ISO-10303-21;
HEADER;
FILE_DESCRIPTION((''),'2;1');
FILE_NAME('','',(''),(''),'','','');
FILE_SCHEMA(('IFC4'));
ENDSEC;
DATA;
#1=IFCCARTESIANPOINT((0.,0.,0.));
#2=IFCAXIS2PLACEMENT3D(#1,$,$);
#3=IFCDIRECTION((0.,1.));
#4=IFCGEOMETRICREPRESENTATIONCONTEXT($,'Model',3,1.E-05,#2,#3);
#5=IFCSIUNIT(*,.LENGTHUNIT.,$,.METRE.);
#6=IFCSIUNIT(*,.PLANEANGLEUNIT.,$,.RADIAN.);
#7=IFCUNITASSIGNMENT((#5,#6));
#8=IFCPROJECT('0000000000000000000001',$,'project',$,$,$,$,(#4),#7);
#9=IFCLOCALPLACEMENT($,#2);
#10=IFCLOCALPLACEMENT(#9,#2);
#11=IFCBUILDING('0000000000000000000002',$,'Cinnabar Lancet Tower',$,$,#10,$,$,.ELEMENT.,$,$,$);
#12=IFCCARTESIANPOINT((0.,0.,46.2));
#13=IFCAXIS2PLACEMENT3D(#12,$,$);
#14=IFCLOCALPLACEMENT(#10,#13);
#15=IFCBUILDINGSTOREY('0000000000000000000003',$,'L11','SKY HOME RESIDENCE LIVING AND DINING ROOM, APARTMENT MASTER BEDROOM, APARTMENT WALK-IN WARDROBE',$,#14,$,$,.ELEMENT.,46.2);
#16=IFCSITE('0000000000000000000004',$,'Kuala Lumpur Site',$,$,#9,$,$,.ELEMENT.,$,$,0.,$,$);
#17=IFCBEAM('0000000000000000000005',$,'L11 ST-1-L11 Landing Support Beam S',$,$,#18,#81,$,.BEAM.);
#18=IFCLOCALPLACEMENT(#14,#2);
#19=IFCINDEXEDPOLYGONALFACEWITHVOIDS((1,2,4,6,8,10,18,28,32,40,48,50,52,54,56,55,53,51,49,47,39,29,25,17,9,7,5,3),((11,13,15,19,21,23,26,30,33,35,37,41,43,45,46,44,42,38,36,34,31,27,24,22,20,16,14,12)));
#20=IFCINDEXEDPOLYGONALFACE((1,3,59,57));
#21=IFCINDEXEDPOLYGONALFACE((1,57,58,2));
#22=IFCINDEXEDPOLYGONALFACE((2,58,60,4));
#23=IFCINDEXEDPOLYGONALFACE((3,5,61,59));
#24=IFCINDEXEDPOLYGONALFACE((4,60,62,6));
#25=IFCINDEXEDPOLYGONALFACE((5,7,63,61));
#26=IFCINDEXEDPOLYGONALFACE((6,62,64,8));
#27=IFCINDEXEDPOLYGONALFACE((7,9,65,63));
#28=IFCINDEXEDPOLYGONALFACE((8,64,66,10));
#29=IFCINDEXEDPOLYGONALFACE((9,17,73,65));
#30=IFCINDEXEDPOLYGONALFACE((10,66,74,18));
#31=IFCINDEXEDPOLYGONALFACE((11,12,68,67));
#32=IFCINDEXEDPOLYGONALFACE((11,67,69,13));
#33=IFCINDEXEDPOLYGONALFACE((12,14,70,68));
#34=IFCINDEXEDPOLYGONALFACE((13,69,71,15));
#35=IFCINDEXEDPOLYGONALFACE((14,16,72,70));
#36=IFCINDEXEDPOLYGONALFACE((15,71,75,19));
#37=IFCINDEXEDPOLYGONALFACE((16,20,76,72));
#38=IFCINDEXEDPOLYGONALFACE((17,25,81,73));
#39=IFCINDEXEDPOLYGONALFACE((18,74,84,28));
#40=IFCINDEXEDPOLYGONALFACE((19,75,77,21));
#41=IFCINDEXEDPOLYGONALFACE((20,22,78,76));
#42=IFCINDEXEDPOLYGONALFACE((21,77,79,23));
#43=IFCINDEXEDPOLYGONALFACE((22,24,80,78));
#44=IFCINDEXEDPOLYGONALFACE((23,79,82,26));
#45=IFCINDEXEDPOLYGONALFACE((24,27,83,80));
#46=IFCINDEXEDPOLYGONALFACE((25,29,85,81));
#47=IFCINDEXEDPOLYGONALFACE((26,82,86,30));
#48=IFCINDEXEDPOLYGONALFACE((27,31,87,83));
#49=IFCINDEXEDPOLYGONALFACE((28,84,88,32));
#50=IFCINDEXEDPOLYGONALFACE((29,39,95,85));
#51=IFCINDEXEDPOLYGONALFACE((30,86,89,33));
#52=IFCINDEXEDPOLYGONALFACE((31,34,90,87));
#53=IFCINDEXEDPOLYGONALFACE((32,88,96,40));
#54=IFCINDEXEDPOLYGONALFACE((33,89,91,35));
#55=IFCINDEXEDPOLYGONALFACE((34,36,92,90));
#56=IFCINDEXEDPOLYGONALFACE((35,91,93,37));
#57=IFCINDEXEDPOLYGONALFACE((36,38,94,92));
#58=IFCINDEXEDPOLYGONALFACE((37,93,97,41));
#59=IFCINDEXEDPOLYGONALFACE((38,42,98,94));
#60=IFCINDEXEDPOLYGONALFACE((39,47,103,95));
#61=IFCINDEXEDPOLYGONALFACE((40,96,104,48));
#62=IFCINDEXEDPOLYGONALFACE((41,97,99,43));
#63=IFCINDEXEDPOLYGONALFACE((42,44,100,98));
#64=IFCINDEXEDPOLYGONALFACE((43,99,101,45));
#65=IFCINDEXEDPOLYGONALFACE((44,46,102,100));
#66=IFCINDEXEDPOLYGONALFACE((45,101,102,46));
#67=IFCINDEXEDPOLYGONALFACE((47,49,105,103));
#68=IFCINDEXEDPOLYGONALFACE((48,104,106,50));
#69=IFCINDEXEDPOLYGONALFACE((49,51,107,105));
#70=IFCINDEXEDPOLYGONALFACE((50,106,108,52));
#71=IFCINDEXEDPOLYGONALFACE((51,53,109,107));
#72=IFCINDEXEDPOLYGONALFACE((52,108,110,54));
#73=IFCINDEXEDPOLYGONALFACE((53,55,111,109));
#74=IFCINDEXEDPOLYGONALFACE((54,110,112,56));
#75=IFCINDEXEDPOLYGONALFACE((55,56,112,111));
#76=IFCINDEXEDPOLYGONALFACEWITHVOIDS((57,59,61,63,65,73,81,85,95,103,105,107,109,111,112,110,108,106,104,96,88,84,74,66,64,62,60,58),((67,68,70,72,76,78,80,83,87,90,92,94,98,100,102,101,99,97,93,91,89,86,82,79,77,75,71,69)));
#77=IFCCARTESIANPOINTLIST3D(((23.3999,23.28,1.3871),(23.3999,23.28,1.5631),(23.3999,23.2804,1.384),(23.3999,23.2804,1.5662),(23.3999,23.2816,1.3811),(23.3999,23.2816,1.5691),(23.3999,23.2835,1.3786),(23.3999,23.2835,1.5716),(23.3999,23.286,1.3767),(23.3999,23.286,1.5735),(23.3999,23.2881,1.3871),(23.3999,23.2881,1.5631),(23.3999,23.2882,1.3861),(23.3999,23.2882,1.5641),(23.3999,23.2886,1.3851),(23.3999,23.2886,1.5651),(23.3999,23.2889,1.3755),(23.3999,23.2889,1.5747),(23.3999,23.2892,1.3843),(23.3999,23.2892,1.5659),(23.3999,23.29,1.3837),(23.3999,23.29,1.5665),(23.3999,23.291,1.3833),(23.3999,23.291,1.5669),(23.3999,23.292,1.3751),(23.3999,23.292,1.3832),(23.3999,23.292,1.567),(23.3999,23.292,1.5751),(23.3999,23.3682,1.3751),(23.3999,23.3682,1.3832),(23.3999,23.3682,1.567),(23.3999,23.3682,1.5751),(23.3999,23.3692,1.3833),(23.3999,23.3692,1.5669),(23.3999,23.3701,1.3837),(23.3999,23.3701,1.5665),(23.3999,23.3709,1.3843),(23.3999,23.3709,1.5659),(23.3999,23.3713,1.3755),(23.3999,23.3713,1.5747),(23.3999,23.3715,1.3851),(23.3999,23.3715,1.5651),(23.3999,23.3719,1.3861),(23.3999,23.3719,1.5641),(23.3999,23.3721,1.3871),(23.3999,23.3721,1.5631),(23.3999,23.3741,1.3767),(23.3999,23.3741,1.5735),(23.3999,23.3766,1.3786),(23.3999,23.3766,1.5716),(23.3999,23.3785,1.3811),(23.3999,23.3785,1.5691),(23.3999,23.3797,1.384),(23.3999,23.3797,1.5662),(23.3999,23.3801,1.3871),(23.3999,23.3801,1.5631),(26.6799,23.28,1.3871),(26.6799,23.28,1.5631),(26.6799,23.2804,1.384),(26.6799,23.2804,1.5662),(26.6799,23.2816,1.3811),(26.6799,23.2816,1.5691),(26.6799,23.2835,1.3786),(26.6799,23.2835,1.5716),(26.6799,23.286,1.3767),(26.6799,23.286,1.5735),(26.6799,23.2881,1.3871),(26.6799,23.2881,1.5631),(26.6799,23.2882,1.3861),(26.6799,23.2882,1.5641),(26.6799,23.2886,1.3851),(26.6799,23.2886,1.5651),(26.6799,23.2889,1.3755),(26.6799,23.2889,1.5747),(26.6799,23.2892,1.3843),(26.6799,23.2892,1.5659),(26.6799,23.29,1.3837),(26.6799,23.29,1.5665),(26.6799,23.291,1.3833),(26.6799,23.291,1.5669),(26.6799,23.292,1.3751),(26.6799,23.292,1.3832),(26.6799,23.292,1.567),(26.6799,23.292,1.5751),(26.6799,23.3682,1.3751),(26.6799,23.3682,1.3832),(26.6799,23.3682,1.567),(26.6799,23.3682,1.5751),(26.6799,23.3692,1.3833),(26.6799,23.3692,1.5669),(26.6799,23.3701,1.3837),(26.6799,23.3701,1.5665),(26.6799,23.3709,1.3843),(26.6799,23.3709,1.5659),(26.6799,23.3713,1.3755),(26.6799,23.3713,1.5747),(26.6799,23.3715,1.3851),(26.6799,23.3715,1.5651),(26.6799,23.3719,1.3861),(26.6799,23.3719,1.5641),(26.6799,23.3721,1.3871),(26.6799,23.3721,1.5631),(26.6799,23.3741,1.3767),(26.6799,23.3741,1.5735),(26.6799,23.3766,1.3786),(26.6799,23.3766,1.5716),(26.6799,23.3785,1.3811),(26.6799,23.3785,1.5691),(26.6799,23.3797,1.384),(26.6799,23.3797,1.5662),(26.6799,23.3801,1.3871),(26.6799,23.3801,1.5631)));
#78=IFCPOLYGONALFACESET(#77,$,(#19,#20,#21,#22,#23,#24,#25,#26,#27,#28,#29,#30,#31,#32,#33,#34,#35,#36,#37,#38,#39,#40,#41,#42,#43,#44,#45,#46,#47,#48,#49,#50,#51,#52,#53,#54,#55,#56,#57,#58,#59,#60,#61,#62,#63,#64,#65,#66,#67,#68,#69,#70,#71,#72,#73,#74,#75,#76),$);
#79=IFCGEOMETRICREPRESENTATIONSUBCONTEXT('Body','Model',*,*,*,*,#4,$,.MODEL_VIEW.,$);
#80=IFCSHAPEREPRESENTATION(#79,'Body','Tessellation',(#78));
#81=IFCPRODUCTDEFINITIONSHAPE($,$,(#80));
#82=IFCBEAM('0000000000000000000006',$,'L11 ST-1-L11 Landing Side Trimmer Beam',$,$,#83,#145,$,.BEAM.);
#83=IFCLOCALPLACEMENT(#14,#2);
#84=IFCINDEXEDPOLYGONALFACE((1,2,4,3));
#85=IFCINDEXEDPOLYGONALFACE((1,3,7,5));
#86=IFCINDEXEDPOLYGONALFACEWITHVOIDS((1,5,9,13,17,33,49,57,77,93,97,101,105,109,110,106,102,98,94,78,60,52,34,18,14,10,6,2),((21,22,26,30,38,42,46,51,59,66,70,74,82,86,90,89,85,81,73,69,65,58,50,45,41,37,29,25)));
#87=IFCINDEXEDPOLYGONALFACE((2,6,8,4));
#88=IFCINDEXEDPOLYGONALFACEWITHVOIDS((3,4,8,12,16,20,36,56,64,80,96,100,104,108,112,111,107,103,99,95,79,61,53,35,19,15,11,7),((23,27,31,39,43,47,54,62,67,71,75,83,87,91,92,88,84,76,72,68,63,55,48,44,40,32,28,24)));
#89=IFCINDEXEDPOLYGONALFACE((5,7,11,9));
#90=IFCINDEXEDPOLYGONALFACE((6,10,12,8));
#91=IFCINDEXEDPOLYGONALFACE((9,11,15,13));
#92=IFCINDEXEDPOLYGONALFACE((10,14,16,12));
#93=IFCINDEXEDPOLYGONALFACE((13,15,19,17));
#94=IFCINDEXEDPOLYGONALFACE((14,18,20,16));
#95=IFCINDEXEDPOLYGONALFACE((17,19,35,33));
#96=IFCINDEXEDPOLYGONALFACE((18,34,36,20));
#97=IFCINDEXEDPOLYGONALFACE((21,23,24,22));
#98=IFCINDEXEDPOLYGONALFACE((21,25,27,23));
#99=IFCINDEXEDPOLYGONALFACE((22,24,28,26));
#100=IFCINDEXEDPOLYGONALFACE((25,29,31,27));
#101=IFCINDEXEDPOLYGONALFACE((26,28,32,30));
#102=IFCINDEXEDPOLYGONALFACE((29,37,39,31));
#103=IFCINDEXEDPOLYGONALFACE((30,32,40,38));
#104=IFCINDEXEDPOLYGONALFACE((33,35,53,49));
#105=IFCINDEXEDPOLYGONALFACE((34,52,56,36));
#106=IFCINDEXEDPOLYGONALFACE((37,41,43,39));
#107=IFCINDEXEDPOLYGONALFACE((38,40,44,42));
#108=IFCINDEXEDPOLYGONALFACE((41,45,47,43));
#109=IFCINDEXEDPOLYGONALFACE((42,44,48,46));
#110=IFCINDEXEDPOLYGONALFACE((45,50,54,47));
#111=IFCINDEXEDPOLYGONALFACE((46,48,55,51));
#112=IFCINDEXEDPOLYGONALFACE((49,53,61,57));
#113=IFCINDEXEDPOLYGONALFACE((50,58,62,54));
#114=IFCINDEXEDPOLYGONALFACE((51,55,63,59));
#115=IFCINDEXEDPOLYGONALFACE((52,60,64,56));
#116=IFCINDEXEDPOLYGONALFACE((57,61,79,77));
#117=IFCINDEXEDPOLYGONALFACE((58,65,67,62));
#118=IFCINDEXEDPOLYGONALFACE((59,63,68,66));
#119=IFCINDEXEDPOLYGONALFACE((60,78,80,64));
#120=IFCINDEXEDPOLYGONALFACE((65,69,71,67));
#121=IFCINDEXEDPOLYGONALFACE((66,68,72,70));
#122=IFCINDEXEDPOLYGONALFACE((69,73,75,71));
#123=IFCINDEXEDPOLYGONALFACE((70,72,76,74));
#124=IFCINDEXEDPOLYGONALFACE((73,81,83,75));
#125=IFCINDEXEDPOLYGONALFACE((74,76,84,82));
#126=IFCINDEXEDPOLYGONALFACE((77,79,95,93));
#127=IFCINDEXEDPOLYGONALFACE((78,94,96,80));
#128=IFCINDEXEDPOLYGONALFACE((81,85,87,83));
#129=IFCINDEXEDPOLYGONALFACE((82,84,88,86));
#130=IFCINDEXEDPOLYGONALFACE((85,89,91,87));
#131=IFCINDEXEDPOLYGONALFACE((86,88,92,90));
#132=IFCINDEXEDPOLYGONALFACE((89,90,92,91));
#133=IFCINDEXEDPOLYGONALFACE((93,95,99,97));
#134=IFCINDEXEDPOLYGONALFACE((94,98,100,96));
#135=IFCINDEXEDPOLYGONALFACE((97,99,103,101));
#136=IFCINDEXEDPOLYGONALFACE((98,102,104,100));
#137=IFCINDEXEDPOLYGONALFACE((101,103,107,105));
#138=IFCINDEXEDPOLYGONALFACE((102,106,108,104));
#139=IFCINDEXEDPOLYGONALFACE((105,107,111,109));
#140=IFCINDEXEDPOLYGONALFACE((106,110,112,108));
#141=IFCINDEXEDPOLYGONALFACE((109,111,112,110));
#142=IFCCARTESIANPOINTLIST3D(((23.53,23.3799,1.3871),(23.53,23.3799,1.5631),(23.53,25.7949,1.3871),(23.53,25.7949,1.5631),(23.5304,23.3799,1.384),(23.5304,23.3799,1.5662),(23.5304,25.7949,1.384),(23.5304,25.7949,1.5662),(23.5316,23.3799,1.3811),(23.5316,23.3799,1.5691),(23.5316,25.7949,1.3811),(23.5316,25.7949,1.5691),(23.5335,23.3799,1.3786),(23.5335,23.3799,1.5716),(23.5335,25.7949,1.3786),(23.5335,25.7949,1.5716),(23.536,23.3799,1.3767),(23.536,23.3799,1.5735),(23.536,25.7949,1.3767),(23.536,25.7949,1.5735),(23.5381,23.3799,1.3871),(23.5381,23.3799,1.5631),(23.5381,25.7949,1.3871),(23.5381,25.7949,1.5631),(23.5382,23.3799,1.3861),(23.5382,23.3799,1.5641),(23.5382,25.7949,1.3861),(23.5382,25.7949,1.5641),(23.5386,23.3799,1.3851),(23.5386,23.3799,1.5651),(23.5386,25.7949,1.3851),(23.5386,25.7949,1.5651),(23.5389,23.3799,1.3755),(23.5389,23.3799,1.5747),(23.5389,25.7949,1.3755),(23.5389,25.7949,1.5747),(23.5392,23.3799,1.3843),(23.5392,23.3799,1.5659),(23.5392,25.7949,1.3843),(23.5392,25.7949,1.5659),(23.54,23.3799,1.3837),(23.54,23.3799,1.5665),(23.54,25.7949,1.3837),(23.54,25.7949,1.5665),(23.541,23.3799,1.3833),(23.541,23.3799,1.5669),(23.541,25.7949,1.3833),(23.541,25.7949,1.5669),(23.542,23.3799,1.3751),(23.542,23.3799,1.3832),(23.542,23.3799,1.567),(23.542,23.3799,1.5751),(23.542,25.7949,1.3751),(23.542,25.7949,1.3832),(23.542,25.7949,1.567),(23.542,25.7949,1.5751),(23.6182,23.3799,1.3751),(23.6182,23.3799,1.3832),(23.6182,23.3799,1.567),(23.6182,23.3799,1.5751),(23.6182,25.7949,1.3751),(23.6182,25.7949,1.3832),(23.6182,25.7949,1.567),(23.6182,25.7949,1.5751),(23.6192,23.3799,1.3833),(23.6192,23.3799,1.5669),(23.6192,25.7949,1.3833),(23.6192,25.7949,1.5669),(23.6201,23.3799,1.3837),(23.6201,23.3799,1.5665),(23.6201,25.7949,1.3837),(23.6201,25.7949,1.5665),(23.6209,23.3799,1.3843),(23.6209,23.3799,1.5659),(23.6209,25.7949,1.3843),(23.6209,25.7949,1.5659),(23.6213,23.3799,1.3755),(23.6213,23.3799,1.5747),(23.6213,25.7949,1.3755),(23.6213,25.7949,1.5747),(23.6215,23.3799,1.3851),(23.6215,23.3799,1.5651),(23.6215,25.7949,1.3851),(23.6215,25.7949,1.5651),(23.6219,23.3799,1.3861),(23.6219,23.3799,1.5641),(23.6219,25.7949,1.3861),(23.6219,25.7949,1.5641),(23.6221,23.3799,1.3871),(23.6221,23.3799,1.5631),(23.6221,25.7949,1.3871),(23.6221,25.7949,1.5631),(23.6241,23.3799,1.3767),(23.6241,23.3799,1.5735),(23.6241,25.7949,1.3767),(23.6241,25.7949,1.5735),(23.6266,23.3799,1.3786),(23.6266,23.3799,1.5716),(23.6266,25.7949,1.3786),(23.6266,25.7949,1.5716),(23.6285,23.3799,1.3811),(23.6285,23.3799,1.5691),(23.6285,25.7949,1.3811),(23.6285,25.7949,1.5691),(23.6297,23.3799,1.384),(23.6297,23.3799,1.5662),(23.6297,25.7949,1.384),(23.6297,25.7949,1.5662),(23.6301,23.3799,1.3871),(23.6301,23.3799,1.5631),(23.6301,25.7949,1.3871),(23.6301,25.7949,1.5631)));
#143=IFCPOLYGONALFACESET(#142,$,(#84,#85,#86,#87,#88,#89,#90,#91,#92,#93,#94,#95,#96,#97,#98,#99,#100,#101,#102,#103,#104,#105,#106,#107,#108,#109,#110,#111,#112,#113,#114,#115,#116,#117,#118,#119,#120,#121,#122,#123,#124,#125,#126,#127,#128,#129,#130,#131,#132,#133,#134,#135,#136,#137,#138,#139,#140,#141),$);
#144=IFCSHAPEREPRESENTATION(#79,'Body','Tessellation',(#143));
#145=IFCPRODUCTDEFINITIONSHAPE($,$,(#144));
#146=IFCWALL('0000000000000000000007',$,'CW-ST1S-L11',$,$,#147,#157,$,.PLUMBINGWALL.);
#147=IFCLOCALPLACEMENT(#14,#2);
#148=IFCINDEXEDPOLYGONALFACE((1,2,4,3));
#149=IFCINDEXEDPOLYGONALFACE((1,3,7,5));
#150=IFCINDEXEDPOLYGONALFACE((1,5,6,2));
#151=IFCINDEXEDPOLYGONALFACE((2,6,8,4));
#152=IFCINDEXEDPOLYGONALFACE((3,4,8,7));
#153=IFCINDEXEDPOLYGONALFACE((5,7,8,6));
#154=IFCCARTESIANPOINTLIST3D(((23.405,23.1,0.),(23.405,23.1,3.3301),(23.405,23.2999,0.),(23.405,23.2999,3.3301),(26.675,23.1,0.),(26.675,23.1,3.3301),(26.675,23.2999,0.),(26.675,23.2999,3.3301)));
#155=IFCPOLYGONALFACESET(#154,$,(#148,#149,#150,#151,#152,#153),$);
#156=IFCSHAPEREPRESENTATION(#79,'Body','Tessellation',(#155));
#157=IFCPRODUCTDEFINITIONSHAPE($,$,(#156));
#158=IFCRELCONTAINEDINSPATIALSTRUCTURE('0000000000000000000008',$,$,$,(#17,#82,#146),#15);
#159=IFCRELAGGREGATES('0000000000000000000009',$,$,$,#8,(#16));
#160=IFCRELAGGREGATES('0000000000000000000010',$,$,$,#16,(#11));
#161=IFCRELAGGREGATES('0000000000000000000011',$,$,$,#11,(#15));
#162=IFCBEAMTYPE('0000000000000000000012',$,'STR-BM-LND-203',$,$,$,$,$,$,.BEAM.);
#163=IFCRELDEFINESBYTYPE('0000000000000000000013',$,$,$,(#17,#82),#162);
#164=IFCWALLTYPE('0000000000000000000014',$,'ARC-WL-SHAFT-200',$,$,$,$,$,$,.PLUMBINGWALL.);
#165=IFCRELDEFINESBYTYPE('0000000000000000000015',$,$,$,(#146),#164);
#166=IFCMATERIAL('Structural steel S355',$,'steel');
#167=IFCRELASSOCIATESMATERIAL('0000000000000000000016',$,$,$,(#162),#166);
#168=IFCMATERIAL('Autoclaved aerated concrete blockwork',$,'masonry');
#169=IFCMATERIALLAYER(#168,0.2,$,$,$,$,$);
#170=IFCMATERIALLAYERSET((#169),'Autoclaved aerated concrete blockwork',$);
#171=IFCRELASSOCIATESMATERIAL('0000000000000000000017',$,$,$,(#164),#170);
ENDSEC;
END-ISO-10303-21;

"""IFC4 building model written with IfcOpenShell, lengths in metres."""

from ifc_helpers import new_model, si_unit, direction, frame, frame_2d, origin, origin_2d, place, context, subcontext, project, spatial, rectangle, hollow_rectangle, extrude, material, layer, layer_set, material_profile, profile_set, type_object, element, save


model = new_model("IFC4")

# Units and contexts
model_context = context("Model", 3, precision=1e-05, world=origin(), true_north=direction((0.0, 1.0)))
body_context = subcontext(model_context, "Body", "Model", "MODEL_VIEW")
ifc_project = project(units=[si_unit("LENGTHUNIT", "METRE"), si_unit("PLANEANGLEUNIT", "RADIAN")], contexts=[model_context])

# Site, building, storey
site_placement = place(None, origin())
site = spatial("IfcSite", under=ifc_project, at=site_placement, Name="Kuala Lumpur Site", CompositionType="ELEMENT", RefElevation=0.0)
building_placement = place(site_placement, origin())
building = spatial("IfcBuilding", under=site, at=building_placement, Name="Cinnabar Lancet Tower", CompositionType="ELEMENT")
storey_placement = place(building_placement, frame((0.0, 0.0, 46.2)))
storey = spatial("IfcBuildingStorey", under=building, at=storey_placement, Name="L11", Description="SKY HOME RESIDENCE LIVING AND DINING ROOM, APARTMENT MASTER BEDROOM, APARTMENT WALK-IN WARDROBE", CompositionType="ELEMENT", Elevation=46.2)

# Beams
ifc_material_1 = material(Name="Structural steel S355", Category="steel")
ifc_material_profile = material_profile(ifc_material_1, hollow_rectangle(XDim=0.1001, YDim=0.2, WallThickness=0.0081, InnerFilletRadius=0.0039, OuterFilletRadius=0.012, at=origin_2d()), Name="RHS 200x100x8")
ifc_profile_set = profile_set([ifc_material_profile], Name="Structural steel S355")
beam_type = type_object("IfcBeamType", Name="STR-BM-LND-203", PredefinedType="BEAM", material=ifc_profile_set)
beam_1_placement = place(storey_placement, frame((23.3999, 23.3301, 1.4751), z_axis=(1.0, 0.0, 0.0), x_axis=(0.0, 1.0, 0.0)))
element("IfcBeam", 1, at=beam_1_placement, inside=storey, type_object=beam_type, Name="L11 ST-1-L11 Landing Support Beam S", PredefinedType="BEAM", context=body_context, shape_type="SweptSolid", body=[
    extrude(hollow_rectangle(XDim=0.1001, YDim=0.2, WallThickness=0.0081, InnerFilletRadius=0.0039, OuterFilletRadius=0.012, at=origin_2d()), origin(), (0.0, 0.0, 1.0), 3.28),
])
beam_2_placement = place(storey_placement, frame((23.5801, 23.3799, 1.4751), z_axis=(0.0, 1.0, 0.0), x_axis=(-1.0, 0.0, 0.0)))
element("IfcBeam", 2, at=beam_2_placement, inside=storey, type_object=beam_type, Name="L11 ST-1-L11 Landing Side Trimmer Beam", PredefinedType="BEAM", context=body_context, shape_type="SweptSolid", body=[
    extrude(hollow_rectangle(XDim=0.1001, YDim=0.2, WallThickness=0.0081, InnerFilletRadius=0.0039, OuterFilletRadius=0.012, at=origin_2d()), origin(), (0.0, 0.0, 1.0), 2.415),
])

# Wall
ifc_material_2 = material(Name="Autoclaved aerated concrete blockwork", Category="masonry")
ifc_layer_1 = layer(ifc_material_2, 0.2)
ifc_layer_set_1 = layer_set([ifc_layer_1], Name="Autoclaved aerated concrete blockwork")
wall_type_1 = type_object("IfcWallType", Name="ARC-WL-SHAFT-200", PredefinedType="PLUMBINGWALL", material=ifc_layer_set_1)
wall_1_placement = place(storey_placement, frame((23.405, 23.2, 0.0), z_axis=(0.0, 0.0, 1.0), x_axis=(1.0, 0.0, 0.0)))
element("IfcWall", 3, at=wall_1_placement, inside=storey, type_object=wall_type_1, Name="CW-ST1S-L11", PredefinedType="PLUMBINGWALL", context=body_context, shape_type="SweptSolid", body=[
    extrude(rectangle(XDim=3.27, YDim=0.2, at=frame_2d((1.635, 0.0))), origin(), (0.0, 0.0, 1.0), 3.3301),
])

save(model, "model.ifc")
